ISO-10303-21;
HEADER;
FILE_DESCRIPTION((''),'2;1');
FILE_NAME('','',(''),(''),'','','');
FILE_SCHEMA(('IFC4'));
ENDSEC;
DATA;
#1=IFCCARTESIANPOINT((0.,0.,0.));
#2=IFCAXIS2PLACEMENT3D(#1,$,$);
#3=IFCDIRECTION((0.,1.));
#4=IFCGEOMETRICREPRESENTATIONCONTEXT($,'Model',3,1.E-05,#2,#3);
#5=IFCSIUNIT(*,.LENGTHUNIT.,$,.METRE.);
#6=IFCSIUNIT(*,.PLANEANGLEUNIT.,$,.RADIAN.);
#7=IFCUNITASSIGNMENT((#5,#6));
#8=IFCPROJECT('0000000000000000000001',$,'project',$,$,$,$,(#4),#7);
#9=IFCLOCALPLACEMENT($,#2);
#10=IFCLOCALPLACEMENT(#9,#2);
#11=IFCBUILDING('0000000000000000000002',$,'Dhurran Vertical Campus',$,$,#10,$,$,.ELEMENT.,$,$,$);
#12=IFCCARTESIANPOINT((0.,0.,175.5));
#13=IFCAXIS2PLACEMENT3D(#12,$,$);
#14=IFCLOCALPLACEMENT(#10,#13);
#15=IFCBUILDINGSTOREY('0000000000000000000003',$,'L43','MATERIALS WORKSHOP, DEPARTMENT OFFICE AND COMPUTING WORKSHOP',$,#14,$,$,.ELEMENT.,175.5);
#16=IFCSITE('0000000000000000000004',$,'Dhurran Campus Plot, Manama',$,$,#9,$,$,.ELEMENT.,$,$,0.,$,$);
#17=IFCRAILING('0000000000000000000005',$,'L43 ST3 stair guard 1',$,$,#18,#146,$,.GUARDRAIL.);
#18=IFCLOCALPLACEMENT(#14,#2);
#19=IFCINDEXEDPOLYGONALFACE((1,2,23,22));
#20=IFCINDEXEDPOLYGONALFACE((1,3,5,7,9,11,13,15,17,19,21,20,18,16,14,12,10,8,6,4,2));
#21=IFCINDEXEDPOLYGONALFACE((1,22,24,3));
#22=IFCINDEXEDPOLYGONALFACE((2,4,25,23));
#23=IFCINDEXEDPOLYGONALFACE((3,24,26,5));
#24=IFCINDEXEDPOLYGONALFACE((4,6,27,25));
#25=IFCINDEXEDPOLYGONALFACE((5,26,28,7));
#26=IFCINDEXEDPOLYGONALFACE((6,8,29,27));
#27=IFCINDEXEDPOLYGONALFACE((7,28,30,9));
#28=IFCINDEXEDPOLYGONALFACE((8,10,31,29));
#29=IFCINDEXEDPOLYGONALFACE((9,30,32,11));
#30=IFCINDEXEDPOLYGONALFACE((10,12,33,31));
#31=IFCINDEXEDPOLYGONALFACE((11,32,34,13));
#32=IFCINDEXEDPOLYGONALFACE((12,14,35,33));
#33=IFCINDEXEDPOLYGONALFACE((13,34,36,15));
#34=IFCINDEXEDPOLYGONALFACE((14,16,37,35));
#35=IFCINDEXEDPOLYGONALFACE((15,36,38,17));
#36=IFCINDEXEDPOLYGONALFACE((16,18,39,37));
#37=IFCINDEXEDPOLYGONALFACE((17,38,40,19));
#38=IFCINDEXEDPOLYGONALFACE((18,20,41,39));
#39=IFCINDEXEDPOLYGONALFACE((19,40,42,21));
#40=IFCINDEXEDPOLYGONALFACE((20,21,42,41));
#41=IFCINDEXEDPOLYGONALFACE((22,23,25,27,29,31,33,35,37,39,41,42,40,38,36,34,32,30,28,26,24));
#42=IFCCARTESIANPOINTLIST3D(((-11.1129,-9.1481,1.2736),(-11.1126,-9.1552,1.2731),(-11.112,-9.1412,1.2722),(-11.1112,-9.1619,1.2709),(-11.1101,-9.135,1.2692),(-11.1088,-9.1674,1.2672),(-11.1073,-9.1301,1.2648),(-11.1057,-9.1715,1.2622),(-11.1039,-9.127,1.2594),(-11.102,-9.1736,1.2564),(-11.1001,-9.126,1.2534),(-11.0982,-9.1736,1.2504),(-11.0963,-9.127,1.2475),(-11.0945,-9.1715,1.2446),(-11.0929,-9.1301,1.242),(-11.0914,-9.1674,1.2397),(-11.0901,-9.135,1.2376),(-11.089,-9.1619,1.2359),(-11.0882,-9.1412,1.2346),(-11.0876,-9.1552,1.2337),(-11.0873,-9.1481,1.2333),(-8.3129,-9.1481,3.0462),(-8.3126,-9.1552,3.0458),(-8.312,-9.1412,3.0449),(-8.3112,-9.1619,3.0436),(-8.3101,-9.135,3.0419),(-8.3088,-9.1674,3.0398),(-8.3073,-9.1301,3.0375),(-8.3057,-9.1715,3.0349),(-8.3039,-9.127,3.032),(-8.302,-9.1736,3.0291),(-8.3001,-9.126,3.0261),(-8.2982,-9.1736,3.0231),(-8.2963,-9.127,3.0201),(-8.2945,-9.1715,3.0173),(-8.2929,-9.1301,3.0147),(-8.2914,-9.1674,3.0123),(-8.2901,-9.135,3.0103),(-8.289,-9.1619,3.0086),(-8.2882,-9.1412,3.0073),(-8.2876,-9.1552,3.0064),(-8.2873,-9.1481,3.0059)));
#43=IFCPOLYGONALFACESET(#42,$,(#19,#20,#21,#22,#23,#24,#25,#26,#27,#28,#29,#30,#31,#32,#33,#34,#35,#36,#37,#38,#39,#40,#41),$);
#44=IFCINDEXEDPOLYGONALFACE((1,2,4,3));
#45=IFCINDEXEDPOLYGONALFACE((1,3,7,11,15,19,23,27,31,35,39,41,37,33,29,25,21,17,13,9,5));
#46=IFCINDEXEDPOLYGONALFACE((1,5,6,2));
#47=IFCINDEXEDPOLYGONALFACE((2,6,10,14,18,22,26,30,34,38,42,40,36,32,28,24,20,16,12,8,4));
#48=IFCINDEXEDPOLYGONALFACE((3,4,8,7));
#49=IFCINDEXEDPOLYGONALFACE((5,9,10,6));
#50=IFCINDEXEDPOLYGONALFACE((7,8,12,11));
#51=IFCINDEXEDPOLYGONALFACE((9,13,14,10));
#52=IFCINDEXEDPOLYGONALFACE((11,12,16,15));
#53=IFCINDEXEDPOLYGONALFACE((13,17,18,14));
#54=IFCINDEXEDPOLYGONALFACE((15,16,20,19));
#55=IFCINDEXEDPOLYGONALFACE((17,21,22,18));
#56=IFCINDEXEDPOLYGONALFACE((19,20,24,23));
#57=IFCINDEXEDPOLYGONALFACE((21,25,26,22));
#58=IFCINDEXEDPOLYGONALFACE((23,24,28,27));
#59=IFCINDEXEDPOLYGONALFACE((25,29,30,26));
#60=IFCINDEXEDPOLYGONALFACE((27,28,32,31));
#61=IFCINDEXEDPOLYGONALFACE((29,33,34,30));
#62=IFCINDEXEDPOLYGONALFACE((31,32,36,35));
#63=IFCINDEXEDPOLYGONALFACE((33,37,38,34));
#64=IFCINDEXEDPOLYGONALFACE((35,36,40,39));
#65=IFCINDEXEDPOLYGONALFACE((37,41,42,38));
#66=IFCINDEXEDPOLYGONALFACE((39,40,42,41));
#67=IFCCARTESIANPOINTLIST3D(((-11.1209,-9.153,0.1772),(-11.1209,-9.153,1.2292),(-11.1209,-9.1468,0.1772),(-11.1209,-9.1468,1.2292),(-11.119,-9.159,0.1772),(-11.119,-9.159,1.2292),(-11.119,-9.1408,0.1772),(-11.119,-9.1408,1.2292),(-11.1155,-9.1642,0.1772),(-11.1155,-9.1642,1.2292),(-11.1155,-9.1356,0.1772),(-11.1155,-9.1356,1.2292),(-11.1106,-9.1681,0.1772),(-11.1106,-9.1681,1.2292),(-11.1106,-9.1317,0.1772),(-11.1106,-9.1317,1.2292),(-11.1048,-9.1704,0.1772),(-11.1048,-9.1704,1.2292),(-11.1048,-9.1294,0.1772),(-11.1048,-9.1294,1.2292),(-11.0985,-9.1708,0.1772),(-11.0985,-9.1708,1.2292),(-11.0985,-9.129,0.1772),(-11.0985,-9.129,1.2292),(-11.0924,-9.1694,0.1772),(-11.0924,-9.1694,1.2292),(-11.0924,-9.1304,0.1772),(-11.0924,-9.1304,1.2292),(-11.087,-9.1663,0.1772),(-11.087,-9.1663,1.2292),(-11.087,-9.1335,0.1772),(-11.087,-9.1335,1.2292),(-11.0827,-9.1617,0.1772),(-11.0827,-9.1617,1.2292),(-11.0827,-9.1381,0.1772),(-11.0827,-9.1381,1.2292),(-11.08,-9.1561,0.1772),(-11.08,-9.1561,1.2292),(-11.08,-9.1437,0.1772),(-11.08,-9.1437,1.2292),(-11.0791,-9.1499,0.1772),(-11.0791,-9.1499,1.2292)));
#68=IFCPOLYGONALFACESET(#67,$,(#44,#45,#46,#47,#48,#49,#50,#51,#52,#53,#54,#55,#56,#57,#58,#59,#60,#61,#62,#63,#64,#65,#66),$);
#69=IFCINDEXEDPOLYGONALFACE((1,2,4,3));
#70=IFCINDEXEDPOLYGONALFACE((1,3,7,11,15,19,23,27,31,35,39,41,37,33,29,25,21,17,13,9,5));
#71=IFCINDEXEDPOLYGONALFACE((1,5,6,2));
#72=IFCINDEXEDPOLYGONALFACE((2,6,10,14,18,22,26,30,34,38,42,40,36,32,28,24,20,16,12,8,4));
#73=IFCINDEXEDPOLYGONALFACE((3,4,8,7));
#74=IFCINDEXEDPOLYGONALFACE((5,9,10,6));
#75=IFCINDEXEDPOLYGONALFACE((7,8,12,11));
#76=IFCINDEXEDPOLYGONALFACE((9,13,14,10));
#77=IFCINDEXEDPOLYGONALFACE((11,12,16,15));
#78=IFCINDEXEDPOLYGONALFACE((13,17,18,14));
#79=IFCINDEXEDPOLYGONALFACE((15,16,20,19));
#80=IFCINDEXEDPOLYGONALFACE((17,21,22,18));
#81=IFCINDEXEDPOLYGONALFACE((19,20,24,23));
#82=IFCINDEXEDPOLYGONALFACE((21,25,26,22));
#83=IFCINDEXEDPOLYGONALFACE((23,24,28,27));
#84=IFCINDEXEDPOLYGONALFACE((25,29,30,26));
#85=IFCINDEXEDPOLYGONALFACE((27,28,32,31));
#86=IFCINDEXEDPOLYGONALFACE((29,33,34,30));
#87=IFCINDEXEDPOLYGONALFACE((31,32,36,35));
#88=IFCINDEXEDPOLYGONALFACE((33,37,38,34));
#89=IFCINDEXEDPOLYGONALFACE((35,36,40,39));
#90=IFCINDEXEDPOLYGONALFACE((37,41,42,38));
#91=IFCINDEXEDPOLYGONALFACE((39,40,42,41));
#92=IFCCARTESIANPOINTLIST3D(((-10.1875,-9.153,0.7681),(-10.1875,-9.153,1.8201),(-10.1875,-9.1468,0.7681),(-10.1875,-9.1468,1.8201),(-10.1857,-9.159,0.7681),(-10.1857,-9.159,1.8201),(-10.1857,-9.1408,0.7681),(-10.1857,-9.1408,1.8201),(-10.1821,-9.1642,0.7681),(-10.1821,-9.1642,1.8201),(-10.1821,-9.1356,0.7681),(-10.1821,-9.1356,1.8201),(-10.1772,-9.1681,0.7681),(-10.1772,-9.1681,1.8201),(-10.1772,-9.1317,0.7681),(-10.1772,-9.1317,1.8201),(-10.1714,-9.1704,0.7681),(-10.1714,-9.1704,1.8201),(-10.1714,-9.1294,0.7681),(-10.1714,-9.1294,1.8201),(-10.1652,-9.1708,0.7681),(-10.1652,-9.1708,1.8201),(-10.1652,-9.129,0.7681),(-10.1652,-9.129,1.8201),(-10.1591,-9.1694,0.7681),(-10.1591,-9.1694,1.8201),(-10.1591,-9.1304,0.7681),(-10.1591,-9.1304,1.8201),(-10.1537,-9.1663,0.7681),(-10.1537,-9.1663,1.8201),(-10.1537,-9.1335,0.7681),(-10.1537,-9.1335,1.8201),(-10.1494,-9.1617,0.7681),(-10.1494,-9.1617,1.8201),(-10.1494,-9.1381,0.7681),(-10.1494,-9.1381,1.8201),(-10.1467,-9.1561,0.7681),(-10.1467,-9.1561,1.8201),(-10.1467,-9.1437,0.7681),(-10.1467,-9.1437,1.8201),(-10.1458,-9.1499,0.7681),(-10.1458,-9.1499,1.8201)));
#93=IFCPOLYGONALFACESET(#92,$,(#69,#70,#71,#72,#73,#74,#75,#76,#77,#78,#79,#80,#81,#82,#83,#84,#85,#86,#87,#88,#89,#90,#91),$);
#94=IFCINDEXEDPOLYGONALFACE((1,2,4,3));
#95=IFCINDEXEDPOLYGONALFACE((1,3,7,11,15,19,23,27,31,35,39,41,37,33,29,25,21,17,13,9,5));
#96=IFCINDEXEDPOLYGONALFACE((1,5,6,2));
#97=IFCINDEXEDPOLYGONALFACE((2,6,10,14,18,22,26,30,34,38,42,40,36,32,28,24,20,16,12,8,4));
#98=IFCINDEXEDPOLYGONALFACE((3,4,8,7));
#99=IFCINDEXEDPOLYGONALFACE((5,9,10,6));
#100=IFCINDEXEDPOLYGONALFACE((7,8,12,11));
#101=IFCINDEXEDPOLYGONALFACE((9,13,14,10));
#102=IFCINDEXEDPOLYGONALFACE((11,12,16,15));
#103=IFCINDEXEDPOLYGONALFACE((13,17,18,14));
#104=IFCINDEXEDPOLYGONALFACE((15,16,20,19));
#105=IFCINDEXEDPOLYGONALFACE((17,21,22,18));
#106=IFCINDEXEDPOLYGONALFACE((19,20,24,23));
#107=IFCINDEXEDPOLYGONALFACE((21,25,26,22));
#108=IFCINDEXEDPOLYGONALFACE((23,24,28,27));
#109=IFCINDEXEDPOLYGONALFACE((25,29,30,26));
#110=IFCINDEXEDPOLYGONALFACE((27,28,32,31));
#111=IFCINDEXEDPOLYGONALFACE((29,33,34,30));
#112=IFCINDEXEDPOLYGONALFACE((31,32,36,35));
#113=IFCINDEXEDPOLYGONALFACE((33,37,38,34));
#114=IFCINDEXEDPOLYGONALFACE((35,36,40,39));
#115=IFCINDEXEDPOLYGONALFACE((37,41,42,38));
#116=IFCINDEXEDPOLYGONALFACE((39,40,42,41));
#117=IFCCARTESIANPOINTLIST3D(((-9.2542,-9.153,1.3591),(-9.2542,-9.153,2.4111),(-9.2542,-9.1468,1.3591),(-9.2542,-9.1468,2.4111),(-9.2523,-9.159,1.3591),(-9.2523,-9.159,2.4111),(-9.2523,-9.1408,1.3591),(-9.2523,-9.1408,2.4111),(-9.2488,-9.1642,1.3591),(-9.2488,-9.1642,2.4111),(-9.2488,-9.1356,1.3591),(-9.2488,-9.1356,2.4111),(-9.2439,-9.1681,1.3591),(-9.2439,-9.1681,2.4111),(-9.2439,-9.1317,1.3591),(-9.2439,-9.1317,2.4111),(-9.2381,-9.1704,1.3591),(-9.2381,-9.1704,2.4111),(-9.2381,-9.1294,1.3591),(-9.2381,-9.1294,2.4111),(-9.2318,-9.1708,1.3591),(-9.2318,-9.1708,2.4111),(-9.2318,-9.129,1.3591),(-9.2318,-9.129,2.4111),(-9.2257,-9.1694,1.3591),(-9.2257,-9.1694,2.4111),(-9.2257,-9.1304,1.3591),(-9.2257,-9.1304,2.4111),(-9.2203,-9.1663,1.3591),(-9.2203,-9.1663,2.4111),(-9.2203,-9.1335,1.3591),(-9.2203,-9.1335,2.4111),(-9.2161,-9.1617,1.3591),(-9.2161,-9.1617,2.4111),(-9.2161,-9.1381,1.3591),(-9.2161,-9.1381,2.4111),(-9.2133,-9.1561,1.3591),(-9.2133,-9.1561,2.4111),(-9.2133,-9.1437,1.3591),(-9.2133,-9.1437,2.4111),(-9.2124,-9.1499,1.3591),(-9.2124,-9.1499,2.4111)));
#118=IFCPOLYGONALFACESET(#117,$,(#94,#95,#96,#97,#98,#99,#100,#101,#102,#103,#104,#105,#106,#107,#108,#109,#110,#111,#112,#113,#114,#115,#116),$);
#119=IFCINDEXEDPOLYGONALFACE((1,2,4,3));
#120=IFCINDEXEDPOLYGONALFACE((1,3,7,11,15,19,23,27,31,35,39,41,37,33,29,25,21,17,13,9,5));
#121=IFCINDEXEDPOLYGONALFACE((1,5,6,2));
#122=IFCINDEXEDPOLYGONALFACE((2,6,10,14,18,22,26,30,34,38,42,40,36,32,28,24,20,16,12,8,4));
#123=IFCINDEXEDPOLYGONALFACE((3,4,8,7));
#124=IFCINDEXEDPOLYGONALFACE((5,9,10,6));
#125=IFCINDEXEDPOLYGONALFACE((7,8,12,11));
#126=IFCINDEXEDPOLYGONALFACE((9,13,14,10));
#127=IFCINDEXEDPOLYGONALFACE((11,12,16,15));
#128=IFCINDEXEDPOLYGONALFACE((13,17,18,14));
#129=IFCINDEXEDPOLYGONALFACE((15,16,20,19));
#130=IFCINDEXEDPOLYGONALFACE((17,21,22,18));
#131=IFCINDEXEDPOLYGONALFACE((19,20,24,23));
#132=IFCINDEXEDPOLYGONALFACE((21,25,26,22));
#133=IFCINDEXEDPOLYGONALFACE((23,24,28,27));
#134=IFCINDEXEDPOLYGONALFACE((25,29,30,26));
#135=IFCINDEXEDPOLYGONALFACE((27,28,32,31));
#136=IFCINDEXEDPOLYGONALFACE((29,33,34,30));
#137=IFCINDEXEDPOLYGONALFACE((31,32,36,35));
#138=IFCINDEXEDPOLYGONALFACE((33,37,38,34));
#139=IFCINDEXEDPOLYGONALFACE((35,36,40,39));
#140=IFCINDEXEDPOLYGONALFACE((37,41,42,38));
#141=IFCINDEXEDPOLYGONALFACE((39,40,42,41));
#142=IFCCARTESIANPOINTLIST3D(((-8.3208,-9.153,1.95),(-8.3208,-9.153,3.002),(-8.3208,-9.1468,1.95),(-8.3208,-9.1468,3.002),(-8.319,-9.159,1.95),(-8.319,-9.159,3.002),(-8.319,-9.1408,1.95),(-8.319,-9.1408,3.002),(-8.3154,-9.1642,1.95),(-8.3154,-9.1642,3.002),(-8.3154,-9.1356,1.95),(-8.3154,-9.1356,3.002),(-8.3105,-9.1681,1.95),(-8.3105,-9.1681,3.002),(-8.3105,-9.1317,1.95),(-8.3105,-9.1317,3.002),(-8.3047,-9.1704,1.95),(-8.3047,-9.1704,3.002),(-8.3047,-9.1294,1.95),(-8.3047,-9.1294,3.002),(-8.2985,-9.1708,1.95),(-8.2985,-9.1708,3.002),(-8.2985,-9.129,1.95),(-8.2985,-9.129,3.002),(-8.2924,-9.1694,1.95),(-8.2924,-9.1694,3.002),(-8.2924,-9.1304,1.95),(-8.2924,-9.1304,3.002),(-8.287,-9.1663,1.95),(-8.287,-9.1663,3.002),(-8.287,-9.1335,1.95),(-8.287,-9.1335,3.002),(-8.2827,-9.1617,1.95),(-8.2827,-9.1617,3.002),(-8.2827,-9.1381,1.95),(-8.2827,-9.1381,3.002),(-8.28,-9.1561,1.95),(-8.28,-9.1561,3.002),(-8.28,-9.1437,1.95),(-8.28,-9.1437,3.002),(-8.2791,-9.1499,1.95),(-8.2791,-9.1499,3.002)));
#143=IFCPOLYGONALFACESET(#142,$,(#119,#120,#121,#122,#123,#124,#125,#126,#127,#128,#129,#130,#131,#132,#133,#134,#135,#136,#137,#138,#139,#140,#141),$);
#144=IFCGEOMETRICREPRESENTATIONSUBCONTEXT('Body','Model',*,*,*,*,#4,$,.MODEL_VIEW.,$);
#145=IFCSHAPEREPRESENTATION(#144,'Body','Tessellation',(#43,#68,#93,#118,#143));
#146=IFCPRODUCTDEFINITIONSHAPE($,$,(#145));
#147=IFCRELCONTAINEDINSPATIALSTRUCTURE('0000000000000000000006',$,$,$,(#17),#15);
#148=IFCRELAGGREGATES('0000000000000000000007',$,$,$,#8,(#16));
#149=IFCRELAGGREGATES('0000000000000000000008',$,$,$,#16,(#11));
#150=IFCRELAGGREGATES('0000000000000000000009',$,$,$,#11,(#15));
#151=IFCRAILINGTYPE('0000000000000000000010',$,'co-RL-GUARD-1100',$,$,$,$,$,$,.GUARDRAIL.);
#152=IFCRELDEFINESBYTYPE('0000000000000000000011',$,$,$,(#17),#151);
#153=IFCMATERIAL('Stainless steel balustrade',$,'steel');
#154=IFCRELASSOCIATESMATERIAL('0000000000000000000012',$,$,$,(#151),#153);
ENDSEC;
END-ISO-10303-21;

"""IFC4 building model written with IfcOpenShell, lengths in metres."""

from ifc_helpers import new_model, si_unit, direction, frame, origin, origin_2d, place, context, subcontext, project, spatial, circle, extrude, material, type_object, element, save


model = new_model("IFC4")

# Units and contexts
model_context = context("Model", 3, precision=1e-05, world=origin(), true_north=direction((0.0, 1.0)))
body_context = subcontext(model_context, "Body", "Model", "MODEL_VIEW")
ifc_project = project(units=[si_unit("LENGTHUNIT", "METRE"), si_unit("PLANEANGLEUNIT", "RADIAN")], contexts=[model_context])

# Site, building, storey
site_placement = place(None, origin())
site = spatial("IfcSite", under=ifc_project, at=site_placement, Name="Dhurran Campus Plot, Manama", CompositionType="ELEMENT", RefElevation=0.0)
building_placement = place(site_placement, origin())
building = spatial("IfcBuilding", under=site, at=building_placement, Name="Dhurran Vertical Campus", CompositionType="ELEMENT")
storey_placement = place(building_placement, frame((0.0, 0.0, 175.5)))
storey = spatial("IfcBuildingStorey", under=building, at=storey_placement, Name="L43", Description="MATERIALS WORKSHOP, DEPARTMENT OFFICE AND COMPUTING WORKSHOP", CompositionType="ELEMENT", Elevation=175.5)

# Railing
ifc_material_1 = material(Name="Stainless steel balustrade", Category="steel")
railing_type_1 = type_object("IfcRailingType", Name="co-RL-GUARD-1100", PredefinedType="GUARDRAIL", material=ifc_material_1)
railing_1_placement = place(storey_placement, frame((-11.1001, -9.1499, 0.1772)))
element("IfcRailing", 1, at=railing_1_placement, inside=storey, type_object=railing_type_1, Name="L43 ST3 stair guard 1", PredefinedType="GUARDRAIL", context=body_context, shape_type="SweptSolid", body=[
    extrude(circle(Radius=0.0239, at=origin_2d()), frame((0.0, 0.0, 1.0762), z_axis=(0.844909, 0.0, 0.53491), x_axis=(0.0, 1.0, 0.0)), (0.0, 0.0, 1.0), 3.314),
    extrude(circle(Radius=0.021, at=origin_2d()), origin(), (0.0, 0.0, 1.0), 1.052),
    extrude(circle(Radius=0.021, at=origin_2d()), frame((0.9333, 0.0, 0.5908)), (0.0, 0.0, 1.0), 1.052),
    extrude(circle(Radius=0.021, at=origin_2d()), frame((1.8667, 0.0, 1.1819)), (0.0, 0.0, 1.0), 1.052),
    extrude(circle(Radius=0.021, at=origin_2d()), frame((2.8, 0.0, 1.7727)), (0.0, 0.0, 1.0), 1.052),
])

save(model, "model.ifc")
